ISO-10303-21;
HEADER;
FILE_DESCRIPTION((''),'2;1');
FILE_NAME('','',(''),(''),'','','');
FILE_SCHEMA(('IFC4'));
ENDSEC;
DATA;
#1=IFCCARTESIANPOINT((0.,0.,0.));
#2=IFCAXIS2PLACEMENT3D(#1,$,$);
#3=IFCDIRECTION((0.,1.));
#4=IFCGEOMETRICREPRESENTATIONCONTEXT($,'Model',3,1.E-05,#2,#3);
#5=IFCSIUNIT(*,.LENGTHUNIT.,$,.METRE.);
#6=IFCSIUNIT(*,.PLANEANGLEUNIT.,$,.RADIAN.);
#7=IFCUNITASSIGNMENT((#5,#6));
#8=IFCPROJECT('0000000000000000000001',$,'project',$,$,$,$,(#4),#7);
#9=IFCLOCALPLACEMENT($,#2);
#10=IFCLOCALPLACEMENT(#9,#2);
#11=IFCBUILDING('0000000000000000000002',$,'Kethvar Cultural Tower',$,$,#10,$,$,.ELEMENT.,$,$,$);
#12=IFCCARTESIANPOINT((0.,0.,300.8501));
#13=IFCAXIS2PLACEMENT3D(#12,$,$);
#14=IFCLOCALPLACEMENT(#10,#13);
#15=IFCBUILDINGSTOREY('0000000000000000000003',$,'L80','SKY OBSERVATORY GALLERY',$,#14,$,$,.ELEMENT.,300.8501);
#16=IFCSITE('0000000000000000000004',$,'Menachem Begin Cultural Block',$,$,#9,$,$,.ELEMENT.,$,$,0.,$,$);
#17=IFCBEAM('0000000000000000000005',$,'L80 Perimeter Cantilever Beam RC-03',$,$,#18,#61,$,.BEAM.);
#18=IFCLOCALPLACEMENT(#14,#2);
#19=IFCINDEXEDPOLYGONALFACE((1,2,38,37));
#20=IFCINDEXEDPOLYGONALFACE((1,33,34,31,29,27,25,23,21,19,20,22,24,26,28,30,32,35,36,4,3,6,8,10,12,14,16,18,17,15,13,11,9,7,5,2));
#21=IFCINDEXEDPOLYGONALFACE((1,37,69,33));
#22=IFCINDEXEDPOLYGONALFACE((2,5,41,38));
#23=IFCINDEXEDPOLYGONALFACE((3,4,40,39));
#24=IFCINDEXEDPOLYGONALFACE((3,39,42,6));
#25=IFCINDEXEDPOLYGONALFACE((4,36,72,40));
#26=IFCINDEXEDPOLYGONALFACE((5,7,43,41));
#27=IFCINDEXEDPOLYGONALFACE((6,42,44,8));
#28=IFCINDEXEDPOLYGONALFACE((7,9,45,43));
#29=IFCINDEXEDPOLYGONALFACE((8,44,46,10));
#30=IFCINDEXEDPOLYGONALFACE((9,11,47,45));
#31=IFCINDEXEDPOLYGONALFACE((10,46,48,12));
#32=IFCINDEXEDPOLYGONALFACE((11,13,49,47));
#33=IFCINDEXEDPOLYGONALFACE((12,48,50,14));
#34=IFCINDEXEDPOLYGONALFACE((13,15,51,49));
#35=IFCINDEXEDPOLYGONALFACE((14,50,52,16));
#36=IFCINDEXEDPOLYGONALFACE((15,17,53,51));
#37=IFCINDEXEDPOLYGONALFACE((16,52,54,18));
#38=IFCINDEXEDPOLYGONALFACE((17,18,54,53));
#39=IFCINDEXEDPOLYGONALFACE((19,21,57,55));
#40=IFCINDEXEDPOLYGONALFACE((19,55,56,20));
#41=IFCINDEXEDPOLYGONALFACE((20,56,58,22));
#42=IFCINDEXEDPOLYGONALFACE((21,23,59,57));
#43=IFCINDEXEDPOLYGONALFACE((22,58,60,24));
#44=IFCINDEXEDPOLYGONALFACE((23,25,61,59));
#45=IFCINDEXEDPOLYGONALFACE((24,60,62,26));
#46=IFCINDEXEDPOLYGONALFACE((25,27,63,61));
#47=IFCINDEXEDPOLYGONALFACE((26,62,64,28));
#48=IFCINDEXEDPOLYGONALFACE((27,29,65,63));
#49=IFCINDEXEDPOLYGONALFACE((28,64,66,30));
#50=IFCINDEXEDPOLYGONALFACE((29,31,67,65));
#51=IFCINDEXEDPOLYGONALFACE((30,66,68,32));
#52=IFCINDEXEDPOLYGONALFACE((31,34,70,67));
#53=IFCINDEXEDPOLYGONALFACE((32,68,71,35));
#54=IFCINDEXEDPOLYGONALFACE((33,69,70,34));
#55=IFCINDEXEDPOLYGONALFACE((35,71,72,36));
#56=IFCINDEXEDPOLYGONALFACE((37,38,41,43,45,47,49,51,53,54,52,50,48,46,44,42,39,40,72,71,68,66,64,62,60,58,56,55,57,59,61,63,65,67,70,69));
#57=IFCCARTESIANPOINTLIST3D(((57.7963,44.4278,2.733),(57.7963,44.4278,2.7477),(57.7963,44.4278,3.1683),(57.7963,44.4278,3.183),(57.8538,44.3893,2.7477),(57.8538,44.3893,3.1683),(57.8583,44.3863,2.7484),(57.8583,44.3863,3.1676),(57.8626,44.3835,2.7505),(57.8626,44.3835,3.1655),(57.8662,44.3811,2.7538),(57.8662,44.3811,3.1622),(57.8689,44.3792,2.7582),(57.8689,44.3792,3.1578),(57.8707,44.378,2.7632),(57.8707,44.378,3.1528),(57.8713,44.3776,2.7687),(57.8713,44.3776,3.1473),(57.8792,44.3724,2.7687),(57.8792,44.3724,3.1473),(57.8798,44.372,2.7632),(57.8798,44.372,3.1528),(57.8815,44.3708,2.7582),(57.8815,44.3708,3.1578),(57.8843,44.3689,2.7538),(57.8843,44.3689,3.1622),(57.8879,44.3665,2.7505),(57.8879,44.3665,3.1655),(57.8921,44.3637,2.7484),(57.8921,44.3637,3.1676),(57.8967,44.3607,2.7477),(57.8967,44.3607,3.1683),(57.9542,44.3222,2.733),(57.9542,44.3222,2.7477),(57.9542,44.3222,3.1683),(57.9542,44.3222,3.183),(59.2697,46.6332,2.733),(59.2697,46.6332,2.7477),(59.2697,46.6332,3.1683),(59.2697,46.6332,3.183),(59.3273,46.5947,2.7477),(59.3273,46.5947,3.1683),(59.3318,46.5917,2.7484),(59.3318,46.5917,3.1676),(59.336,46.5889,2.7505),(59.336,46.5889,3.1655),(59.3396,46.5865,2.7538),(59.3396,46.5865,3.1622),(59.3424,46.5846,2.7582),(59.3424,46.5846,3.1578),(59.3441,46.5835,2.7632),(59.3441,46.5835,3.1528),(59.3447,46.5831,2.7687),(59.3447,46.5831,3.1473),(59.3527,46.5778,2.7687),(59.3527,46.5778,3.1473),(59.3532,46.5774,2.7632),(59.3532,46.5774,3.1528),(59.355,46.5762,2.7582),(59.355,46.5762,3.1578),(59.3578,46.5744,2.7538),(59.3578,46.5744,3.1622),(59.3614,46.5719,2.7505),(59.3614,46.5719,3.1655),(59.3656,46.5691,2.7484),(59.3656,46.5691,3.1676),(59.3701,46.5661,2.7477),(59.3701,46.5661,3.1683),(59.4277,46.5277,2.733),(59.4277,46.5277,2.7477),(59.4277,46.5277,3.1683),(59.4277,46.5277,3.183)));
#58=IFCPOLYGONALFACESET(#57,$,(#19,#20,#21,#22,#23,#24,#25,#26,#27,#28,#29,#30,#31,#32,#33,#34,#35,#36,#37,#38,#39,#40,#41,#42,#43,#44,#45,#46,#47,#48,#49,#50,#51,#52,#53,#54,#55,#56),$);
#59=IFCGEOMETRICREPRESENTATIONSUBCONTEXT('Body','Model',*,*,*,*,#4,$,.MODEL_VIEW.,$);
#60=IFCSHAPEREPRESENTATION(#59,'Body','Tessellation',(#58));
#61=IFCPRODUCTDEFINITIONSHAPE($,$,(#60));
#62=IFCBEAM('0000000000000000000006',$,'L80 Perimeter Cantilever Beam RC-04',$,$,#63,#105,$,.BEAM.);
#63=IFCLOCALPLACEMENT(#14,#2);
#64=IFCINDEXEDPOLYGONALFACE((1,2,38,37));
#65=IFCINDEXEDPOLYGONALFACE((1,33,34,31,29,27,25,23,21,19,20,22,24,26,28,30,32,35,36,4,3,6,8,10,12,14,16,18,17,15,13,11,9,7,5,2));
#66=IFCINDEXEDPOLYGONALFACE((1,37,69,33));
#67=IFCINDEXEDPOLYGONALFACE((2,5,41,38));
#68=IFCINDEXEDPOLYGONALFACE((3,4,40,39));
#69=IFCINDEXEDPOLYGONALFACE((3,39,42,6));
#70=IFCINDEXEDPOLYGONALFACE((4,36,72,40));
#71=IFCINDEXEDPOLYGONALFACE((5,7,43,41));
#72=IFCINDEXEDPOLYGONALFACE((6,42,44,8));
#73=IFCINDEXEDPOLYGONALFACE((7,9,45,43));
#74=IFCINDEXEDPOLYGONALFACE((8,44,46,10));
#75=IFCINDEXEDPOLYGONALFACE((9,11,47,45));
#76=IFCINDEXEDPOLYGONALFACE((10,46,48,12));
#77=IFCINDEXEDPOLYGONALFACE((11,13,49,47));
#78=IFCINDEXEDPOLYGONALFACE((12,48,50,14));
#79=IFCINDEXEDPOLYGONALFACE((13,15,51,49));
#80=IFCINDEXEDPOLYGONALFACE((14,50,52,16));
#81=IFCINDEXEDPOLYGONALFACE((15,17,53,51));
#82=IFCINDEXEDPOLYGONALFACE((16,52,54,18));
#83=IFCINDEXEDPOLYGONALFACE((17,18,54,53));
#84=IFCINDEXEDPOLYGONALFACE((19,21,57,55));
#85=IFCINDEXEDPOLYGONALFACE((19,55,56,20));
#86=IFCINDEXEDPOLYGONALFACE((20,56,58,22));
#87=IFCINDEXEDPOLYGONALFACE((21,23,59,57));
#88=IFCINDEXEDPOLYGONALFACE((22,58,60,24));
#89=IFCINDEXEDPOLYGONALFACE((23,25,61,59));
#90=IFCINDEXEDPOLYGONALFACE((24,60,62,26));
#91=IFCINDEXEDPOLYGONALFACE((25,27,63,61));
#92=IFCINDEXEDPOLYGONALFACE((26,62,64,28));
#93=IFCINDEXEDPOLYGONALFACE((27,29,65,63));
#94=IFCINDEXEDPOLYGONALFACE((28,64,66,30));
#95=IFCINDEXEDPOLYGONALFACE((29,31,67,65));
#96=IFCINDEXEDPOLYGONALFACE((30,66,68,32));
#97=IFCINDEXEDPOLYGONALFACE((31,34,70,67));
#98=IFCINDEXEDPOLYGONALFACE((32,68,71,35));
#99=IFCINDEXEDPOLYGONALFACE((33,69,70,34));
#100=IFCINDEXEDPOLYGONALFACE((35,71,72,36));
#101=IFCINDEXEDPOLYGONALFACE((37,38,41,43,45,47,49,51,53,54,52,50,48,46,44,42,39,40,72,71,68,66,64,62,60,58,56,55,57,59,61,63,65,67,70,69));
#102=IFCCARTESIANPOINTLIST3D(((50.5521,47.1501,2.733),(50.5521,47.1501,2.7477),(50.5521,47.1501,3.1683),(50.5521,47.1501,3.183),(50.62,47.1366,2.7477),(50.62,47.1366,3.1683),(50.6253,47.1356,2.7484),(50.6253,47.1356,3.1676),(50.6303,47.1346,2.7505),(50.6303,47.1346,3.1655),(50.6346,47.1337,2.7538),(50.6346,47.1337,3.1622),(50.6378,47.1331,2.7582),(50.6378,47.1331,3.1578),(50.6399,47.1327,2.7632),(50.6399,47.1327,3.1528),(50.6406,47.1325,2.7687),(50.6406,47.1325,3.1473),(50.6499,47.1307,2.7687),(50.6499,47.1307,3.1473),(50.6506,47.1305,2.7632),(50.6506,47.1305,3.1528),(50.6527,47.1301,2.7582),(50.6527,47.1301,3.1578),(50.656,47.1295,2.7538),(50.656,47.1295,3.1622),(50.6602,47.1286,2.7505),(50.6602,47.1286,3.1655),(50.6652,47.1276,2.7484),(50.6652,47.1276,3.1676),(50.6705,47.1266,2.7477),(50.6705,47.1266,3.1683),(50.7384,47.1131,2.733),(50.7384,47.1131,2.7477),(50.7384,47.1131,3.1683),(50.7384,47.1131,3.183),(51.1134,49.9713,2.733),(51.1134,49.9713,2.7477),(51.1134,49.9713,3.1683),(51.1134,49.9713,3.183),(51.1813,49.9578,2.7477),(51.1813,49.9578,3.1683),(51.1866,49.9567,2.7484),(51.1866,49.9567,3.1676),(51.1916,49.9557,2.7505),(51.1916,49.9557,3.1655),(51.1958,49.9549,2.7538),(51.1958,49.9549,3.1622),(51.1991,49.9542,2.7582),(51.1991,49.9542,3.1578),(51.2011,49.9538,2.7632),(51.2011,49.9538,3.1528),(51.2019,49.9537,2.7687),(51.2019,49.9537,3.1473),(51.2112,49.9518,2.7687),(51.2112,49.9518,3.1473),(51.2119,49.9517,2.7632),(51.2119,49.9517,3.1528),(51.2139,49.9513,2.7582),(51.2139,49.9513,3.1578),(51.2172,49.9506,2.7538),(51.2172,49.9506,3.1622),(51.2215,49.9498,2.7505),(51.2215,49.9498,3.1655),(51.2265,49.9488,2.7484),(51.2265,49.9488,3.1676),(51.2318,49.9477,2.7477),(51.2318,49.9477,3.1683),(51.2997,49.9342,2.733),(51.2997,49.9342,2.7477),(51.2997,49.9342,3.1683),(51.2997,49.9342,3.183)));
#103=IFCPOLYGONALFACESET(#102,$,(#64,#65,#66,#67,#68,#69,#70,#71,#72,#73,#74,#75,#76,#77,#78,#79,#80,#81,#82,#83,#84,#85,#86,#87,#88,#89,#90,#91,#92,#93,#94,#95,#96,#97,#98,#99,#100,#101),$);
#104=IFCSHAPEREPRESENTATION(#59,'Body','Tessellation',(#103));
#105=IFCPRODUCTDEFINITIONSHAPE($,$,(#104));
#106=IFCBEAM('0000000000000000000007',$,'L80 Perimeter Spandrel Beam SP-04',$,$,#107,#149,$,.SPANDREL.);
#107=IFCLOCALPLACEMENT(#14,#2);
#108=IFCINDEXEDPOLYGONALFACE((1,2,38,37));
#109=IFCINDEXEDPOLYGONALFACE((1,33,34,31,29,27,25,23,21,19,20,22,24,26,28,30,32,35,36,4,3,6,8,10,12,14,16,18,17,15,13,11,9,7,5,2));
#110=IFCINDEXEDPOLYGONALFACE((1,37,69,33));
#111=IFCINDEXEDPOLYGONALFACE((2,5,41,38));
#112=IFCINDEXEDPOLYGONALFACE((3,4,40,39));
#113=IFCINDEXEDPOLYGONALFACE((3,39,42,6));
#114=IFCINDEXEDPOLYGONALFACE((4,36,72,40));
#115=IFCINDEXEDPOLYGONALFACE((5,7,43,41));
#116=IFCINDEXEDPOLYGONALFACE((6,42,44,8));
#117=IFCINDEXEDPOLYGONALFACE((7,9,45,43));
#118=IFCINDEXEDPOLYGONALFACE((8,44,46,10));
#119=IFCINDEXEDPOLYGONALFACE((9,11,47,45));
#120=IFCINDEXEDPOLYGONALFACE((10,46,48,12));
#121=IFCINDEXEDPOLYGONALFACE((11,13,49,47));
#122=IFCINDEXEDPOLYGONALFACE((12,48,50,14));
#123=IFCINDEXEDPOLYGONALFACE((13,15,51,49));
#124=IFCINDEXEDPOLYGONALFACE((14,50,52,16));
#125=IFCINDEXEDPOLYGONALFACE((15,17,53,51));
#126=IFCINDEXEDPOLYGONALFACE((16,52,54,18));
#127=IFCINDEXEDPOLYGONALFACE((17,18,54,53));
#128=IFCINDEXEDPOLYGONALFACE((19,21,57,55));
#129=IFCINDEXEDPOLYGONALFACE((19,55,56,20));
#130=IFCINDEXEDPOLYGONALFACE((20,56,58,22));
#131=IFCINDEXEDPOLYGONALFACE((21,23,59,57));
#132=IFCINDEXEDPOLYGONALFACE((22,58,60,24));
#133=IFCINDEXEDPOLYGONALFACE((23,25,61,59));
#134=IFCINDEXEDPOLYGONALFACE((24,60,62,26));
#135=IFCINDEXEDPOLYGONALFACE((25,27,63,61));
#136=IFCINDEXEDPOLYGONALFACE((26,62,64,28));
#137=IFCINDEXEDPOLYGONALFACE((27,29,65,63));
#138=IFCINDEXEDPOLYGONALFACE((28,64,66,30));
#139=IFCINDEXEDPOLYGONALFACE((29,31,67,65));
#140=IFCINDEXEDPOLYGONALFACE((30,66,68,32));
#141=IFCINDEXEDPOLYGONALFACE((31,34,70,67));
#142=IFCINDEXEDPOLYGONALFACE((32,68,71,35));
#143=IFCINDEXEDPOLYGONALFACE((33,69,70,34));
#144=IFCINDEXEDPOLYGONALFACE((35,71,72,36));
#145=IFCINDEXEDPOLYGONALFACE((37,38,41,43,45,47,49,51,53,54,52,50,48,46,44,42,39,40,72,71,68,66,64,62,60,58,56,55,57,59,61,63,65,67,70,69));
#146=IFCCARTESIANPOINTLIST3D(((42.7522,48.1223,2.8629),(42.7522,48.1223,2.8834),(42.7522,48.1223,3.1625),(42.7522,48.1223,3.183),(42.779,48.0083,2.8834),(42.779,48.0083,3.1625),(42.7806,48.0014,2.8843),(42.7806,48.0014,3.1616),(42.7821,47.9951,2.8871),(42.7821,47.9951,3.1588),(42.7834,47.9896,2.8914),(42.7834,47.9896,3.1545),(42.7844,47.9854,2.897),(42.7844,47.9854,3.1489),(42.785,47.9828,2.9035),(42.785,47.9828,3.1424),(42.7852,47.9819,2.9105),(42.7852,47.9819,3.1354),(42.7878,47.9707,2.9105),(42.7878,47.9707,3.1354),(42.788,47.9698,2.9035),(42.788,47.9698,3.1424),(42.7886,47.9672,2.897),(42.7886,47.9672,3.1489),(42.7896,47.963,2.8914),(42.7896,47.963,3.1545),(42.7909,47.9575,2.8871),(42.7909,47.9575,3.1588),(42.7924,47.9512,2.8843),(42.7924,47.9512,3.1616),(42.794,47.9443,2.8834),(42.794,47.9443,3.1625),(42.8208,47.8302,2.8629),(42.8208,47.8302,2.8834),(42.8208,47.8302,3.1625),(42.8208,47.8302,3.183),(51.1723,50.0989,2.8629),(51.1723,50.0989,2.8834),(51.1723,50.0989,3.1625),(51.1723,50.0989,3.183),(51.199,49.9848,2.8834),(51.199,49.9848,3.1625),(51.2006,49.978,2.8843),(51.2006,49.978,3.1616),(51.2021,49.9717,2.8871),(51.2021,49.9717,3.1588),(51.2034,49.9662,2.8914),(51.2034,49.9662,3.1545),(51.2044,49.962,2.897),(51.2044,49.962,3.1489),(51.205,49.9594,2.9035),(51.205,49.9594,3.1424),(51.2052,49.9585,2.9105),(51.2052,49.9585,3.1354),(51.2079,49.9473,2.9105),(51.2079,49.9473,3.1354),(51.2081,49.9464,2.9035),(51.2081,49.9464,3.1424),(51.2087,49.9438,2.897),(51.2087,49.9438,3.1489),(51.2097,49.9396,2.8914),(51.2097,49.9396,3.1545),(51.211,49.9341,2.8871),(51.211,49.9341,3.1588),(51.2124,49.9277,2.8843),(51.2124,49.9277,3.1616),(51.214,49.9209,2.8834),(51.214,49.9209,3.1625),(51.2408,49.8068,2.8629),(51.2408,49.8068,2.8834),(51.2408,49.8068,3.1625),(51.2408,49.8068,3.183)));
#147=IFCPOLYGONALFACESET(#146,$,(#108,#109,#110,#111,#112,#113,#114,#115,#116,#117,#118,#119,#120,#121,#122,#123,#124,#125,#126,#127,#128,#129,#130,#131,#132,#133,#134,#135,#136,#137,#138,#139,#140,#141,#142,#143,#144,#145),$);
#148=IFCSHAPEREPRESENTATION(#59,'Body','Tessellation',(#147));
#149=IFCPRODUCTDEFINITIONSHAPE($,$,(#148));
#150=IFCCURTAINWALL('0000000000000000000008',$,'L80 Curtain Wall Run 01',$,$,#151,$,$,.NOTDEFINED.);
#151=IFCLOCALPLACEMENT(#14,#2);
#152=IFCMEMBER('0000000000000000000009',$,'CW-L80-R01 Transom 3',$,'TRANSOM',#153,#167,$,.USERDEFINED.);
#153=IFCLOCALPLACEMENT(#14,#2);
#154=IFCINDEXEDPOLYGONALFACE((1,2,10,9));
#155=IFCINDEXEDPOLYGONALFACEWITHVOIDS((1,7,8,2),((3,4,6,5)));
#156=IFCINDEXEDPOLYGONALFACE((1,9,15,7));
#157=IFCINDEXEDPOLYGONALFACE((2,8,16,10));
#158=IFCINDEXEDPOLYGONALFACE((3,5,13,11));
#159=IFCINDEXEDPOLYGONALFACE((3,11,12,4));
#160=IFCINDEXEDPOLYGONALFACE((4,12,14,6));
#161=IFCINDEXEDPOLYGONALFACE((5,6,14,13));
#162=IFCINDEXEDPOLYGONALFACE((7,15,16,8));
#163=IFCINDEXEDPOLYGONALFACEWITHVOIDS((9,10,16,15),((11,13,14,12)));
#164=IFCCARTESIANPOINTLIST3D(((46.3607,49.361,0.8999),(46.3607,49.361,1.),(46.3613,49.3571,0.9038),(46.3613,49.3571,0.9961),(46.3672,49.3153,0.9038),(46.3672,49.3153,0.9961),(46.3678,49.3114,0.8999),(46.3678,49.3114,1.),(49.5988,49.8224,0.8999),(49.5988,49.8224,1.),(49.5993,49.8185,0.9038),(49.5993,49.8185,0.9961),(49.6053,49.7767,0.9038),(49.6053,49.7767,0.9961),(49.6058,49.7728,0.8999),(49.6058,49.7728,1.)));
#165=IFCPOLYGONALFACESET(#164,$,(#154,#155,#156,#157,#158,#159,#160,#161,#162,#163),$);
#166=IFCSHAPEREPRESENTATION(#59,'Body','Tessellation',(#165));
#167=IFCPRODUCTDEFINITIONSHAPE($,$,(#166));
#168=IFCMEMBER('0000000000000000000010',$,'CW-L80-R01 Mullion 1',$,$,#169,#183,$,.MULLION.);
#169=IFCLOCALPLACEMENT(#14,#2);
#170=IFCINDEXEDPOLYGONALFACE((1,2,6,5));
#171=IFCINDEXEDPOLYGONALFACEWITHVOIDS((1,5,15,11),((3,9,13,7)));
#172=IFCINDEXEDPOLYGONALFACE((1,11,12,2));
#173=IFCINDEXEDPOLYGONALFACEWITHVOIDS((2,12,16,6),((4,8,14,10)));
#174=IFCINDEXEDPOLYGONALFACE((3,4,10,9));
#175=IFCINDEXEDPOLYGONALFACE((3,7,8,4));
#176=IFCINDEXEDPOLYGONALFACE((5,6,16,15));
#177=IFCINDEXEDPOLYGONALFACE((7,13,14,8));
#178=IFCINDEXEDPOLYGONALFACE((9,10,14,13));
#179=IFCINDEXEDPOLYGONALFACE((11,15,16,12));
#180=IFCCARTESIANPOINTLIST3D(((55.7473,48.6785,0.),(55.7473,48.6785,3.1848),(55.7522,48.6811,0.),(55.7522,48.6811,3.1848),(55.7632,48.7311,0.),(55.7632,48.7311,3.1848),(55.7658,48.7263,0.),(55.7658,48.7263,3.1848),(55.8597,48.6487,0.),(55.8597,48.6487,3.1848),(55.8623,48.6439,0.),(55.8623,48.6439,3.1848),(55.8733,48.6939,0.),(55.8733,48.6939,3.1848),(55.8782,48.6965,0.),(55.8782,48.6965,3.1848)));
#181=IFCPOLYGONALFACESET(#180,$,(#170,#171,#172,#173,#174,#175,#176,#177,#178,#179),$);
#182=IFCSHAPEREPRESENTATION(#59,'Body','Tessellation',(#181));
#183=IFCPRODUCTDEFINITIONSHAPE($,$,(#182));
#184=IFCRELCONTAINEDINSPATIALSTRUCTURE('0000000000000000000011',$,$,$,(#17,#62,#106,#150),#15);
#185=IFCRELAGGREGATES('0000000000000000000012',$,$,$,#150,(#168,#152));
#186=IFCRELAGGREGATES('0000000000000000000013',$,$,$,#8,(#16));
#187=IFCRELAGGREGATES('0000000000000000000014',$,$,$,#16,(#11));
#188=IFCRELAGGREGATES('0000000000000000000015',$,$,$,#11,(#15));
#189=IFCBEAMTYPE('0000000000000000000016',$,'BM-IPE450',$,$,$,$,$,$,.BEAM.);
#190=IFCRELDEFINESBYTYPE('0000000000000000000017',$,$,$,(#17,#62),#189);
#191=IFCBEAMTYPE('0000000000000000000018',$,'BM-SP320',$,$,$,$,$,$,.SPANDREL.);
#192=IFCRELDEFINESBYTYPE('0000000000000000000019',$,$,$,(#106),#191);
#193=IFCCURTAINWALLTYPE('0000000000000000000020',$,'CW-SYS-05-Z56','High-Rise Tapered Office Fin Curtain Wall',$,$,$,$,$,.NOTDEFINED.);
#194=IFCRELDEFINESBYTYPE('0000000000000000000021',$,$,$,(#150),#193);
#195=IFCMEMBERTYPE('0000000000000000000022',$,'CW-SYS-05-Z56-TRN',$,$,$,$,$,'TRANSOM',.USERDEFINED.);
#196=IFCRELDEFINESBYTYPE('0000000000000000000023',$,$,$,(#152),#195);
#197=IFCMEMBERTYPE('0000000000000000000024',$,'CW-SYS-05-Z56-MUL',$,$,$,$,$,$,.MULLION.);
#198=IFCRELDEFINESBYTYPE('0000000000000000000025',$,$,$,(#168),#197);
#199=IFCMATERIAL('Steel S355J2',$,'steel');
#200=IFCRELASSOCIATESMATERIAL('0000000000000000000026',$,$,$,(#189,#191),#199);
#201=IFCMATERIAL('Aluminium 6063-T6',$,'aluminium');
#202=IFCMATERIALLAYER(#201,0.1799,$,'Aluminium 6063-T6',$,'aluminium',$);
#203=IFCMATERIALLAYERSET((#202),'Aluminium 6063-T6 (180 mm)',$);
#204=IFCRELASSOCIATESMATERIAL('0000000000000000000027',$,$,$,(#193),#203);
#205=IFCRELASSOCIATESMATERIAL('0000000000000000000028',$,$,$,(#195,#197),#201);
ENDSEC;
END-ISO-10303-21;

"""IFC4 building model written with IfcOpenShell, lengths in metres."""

from ifc_helpers import new_model, si_unit, direction, frame, origin, origin_2d, place, context, subcontext, project, spatial, hollow_rectangle, i_section, extrude, source, transform, mapped, material, layer, layer_set, material_profile, profile_set, type_object, element, aggregate, save


model = new_model("IFC4")

# Units and contexts
model_context = context("Model", 3, precision=1e-05, world=origin(), true_north=direction((0.0, 1.0)))
body_context = subcontext(model_context, "Body", "Model", "MODEL_VIEW")
ifc_project = project(units=[si_unit("LENGTHUNIT", "METRE"), si_unit("PLANEANGLEUNIT", "RADIAN")], contexts=[model_context])

# Site, building, storey
site_placement = place(None, origin())
site = spatial("IfcSite", under=ifc_project, at=site_placement, Name="Menachem Begin Cultural Block", CompositionType="ELEMENT", RefElevation=0.0)
building_placement = place(site_placement, origin())
building = spatial("IfcBuilding", under=site, at=building_placement, Name="Kethvar Cultural Tower", CompositionType="ELEMENT")
storey_placement = place(building_placement, frame((0.0, 0.0, 300.8501)))
storey = spatial("IfcBuildingStorey", under=building, at=storey_placement, Name="L80", Description="SKY OBSERVATORY GALLERY", CompositionType="ELEMENT", Elevation=300.8501)

# Shared definitions
ifc_material_1 = material(Name="Steel S355J2", Category="steel")

# Beams
ifc_material_profile_1 = material_profile(ifc_material_1, i_section(OverallWidth=0.1899, OverallDepth=0.45, WebThickness=0.0095, FlangeThickness=0.0146, FilletRadius=0.021, at=origin_2d()), Name="Steel S355J2 — IPE450")
ifc_profile_set_1 = profile_set([ifc_material_profile_1], Name="Steel S355J2 — IPE450")
beam_type_1 = type_object("IfcBeamType", Name="BM-IPE450", PredefinedType="BEAM", material=ifc_profile_set_1)
shared_shape_1 = source(origin(), body_context, "Body", "SweptSolid", [
    extrude(i_section(OverallWidth=0.1899, OverallDepth=0.45, WebThickness=0.0095, FlangeThickness=0.0146, FilletRadius=0.021, at=origin_2d()), origin(), (0.0, 0.0, 1.0), 2.6523),
])
beam_1_placement = place(storey_placement, frame((57.8752, 44.375, 2.958), z_axis=(0.555528, 0.831498, 0.0), x_axis=(-0.831498, 0.555528, 0.0)))
element("IfcBeam", 1, at=beam_1_placement, inside=storey, type_object=beam_type_1, Name="L80 Perimeter Cantilever Beam RC-03", PredefinedType="BEAM", context=body_context, shape_type="MappedRepresentation", body=[
    mapped(shared_shape_1, transform((0.0, 0.0, 0.0), scale=1.0)),
])
shared_shape_2 = source(origin(), body_context, "Body", "SweptSolid", [
    extrude(i_section(OverallWidth=0.1899, OverallDepth=0.45, WebThickness=0.0095, FlangeThickness=0.0146, FilletRadius=0.021, at=origin_2d()), origin(), (0.0, 0.0, 1.0), 2.8765),
])
beam_2_placement = place(storey_placement, frame((50.6453, 47.1316, 2.958), z_axis=(0.19512, 0.980779, 0.0), x_axis=(-0.980779, 0.19512, 0.0)))
element("IfcBeam", 2, at=beam_2_placement, inside=storey, type_object=beam_type_1, Name="L80 Perimeter Cantilever Beam RC-04", PredefinedType="BEAM", context=body_context, shape_type="MappedRepresentation", body=[
    mapped(shared_shape_2, transform((0.0, 0.0, 0.0), scale=1.0)),
])
ifc_material_profile_2 = material_profile(ifc_material_1, i_section(OverallWidth=0.3, OverallDepth=0.3201, WebThickness=0.0115, FlangeThickness=0.0205, FilletRadius=0.0271, at=origin_2d()), Name="Steel S355J2 — HEB320")
ifc_profile_set_2 = profile_set([ifc_material_profile_2], Name="Steel S355J2 — HEB320")
beam_type_2 = type_object("IfcBeamType", Name="BM-SP320", PredefinedType="SPANDREL", material=ifc_profile_set_2)
shared_shape_3 = source(origin(), body_context, "Body", "SweptSolid", [
    extrude(i_section(OverallWidth=0.3, OverallDepth=0.3201, WebThickness=0.0115, FlangeThickness=0.0205, FilletRadius=0.0271, at=origin_2d()), origin(), (0.0, 0.0, 1.0), 8.6489),
])
beam_3_placement = place(storey_placement, frame((51.2065, 49.9529, 3.0229), z_axis=(-0.973536, -0.228536, 0.0), x_axis=(0.228536, -0.973536, 0.0)))
element("IfcBeam", 3, at=beam_3_placement, inside=storey, type_object=beam_type_2, Name="L80 Perimeter Spandrel Beam SP-04", PredefinedType="SPANDREL", context=body_context, shape_type="MappedRepresentation", body=[
    mapped(shared_shape_3, transform((0.0, 0.0, 0.0), scale=1.0)),
])

# Curtain wall, members
ifc_material_2 = material(Name="Aluminium 6063-T6", Category="aluminium")
ifc_layer_1 = layer(ifc_material_2, 0.1799, Name="Aluminium 6063-T6", Category="aluminium")
ifc_layer_set_1 = layer_set([ifc_layer_1], Name="Aluminium 6063-T6 (180 mm)")
curtain_wall_type = type_object("IfcCurtainWallType", Name="CW-SYS-05-Z56", Description="High-Rise Tapered Office Fin Curtain Wall", PredefinedType="NOTDEFINED", material=ifc_layer_set_1)
curtain_wall_1_placement = place(storey_placement, origin())
curtain_wall_1 = element("IfcCurtainWall", 4, at=curtain_wall_1_placement, inside=storey, type_object=curtain_wall_type, Name="L80 Curtain Wall Run 01", PredefinedType="NOTDEFINED")
ifc_material_profile_3 = material_profile(ifc_material_2, hollow_rectangle(XDim=0.05, YDim=0.1001, WallThickness=0.0039, at=origin_2d()), Name="Aluminium 6063-T6 — RHS100x50x4")
ifc_profile_set_3 = profile_set([ifc_material_profile_3], Name="Aluminium 6063-T6 — RHS100x50x4")
member_type_1 = type_object("IfcMemberType", Name="CW-SYS-05-Z56-TRN", ElementType="TRANSOM", PredefinedType="USERDEFINED", material=ifc_profile_set_3)
shared_shape_4 = source(origin(), body_context, "Body", "SweptSolid", [
    extrude(hollow_rectangle(XDim=0.05, YDim=0.1001, WallThickness=0.0039, at=origin_2d()), origin(), (0.0, 0.0, 1.0), 3.2708),
])
member_1_placement = place(storey_placement, frame((49.6023, 49.7976, 0.95), z_axis=(-0.989999, -0.141076, 0.0), x_axis=(0.141076, -0.989999, 0.0)))
member_1 = element("IfcMember", 5, at=member_1_placement, type_object=member_type_1, Name="CW-L80-R01 Transom 3", ObjectType="TRANSOM", PredefinedType="USERDEFINED", context=body_context, shape_type="MappedRepresentation", body=[
    mapped(shared_shape_4, transform((0.0, 0.0, 0.0), scale=1.0)),
])
ifc_material_profile_4 = material_profile(ifc_material_2, hollow_rectangle(XDim=0.0549, YDim=0.1201, WallThickness=0.0039, at=origin_2d()), Name="Aluminium 6063-T6 — RHS120x55x4")
ifc_profile_set_4 = profile_set([ifc_material_profile_4], Name="Aluminium 6063-T6 — RHS120x55x4")
member_type_2 = type_object("IfcMemberType", Name="CW-SYS-05-Z56-MUL", PredefinedType="MULLION", material=ifc_profile_set_4)
shared_shape_5 = source(origin(), body_context, "Body", "SweptSolid", [
    extrude(hollow_rectangle(XDim=0.0549, YDim=0.1201, WallThickness=0.0039, at=origin_2d()), origin(), (0.0, 0.0, 1.0), 3.1848),
])
member_2_placement = place(storey_placement, frame((55.8127, 48.6875, 0.0), z_axis=(0.0, 0.0, 1.0), x_axis=(-0.28848, -0.957486, 0.0)))
member_2 = element("IfcMember", 6, at=member_2_placement, type_object=member_type_2, Name="CW-L80-R01 Mullion 1", PredefinedType="MULLION", context=body_context, shape_type="MappedRepresentation", body=[
    mapped(shared_shape_5, transform((0.0, 0.0, 0.0), scale=1.0)),
])

aggregate(curtain_wall_1, [member_2, member_1])

save(model, "model.ifc")
